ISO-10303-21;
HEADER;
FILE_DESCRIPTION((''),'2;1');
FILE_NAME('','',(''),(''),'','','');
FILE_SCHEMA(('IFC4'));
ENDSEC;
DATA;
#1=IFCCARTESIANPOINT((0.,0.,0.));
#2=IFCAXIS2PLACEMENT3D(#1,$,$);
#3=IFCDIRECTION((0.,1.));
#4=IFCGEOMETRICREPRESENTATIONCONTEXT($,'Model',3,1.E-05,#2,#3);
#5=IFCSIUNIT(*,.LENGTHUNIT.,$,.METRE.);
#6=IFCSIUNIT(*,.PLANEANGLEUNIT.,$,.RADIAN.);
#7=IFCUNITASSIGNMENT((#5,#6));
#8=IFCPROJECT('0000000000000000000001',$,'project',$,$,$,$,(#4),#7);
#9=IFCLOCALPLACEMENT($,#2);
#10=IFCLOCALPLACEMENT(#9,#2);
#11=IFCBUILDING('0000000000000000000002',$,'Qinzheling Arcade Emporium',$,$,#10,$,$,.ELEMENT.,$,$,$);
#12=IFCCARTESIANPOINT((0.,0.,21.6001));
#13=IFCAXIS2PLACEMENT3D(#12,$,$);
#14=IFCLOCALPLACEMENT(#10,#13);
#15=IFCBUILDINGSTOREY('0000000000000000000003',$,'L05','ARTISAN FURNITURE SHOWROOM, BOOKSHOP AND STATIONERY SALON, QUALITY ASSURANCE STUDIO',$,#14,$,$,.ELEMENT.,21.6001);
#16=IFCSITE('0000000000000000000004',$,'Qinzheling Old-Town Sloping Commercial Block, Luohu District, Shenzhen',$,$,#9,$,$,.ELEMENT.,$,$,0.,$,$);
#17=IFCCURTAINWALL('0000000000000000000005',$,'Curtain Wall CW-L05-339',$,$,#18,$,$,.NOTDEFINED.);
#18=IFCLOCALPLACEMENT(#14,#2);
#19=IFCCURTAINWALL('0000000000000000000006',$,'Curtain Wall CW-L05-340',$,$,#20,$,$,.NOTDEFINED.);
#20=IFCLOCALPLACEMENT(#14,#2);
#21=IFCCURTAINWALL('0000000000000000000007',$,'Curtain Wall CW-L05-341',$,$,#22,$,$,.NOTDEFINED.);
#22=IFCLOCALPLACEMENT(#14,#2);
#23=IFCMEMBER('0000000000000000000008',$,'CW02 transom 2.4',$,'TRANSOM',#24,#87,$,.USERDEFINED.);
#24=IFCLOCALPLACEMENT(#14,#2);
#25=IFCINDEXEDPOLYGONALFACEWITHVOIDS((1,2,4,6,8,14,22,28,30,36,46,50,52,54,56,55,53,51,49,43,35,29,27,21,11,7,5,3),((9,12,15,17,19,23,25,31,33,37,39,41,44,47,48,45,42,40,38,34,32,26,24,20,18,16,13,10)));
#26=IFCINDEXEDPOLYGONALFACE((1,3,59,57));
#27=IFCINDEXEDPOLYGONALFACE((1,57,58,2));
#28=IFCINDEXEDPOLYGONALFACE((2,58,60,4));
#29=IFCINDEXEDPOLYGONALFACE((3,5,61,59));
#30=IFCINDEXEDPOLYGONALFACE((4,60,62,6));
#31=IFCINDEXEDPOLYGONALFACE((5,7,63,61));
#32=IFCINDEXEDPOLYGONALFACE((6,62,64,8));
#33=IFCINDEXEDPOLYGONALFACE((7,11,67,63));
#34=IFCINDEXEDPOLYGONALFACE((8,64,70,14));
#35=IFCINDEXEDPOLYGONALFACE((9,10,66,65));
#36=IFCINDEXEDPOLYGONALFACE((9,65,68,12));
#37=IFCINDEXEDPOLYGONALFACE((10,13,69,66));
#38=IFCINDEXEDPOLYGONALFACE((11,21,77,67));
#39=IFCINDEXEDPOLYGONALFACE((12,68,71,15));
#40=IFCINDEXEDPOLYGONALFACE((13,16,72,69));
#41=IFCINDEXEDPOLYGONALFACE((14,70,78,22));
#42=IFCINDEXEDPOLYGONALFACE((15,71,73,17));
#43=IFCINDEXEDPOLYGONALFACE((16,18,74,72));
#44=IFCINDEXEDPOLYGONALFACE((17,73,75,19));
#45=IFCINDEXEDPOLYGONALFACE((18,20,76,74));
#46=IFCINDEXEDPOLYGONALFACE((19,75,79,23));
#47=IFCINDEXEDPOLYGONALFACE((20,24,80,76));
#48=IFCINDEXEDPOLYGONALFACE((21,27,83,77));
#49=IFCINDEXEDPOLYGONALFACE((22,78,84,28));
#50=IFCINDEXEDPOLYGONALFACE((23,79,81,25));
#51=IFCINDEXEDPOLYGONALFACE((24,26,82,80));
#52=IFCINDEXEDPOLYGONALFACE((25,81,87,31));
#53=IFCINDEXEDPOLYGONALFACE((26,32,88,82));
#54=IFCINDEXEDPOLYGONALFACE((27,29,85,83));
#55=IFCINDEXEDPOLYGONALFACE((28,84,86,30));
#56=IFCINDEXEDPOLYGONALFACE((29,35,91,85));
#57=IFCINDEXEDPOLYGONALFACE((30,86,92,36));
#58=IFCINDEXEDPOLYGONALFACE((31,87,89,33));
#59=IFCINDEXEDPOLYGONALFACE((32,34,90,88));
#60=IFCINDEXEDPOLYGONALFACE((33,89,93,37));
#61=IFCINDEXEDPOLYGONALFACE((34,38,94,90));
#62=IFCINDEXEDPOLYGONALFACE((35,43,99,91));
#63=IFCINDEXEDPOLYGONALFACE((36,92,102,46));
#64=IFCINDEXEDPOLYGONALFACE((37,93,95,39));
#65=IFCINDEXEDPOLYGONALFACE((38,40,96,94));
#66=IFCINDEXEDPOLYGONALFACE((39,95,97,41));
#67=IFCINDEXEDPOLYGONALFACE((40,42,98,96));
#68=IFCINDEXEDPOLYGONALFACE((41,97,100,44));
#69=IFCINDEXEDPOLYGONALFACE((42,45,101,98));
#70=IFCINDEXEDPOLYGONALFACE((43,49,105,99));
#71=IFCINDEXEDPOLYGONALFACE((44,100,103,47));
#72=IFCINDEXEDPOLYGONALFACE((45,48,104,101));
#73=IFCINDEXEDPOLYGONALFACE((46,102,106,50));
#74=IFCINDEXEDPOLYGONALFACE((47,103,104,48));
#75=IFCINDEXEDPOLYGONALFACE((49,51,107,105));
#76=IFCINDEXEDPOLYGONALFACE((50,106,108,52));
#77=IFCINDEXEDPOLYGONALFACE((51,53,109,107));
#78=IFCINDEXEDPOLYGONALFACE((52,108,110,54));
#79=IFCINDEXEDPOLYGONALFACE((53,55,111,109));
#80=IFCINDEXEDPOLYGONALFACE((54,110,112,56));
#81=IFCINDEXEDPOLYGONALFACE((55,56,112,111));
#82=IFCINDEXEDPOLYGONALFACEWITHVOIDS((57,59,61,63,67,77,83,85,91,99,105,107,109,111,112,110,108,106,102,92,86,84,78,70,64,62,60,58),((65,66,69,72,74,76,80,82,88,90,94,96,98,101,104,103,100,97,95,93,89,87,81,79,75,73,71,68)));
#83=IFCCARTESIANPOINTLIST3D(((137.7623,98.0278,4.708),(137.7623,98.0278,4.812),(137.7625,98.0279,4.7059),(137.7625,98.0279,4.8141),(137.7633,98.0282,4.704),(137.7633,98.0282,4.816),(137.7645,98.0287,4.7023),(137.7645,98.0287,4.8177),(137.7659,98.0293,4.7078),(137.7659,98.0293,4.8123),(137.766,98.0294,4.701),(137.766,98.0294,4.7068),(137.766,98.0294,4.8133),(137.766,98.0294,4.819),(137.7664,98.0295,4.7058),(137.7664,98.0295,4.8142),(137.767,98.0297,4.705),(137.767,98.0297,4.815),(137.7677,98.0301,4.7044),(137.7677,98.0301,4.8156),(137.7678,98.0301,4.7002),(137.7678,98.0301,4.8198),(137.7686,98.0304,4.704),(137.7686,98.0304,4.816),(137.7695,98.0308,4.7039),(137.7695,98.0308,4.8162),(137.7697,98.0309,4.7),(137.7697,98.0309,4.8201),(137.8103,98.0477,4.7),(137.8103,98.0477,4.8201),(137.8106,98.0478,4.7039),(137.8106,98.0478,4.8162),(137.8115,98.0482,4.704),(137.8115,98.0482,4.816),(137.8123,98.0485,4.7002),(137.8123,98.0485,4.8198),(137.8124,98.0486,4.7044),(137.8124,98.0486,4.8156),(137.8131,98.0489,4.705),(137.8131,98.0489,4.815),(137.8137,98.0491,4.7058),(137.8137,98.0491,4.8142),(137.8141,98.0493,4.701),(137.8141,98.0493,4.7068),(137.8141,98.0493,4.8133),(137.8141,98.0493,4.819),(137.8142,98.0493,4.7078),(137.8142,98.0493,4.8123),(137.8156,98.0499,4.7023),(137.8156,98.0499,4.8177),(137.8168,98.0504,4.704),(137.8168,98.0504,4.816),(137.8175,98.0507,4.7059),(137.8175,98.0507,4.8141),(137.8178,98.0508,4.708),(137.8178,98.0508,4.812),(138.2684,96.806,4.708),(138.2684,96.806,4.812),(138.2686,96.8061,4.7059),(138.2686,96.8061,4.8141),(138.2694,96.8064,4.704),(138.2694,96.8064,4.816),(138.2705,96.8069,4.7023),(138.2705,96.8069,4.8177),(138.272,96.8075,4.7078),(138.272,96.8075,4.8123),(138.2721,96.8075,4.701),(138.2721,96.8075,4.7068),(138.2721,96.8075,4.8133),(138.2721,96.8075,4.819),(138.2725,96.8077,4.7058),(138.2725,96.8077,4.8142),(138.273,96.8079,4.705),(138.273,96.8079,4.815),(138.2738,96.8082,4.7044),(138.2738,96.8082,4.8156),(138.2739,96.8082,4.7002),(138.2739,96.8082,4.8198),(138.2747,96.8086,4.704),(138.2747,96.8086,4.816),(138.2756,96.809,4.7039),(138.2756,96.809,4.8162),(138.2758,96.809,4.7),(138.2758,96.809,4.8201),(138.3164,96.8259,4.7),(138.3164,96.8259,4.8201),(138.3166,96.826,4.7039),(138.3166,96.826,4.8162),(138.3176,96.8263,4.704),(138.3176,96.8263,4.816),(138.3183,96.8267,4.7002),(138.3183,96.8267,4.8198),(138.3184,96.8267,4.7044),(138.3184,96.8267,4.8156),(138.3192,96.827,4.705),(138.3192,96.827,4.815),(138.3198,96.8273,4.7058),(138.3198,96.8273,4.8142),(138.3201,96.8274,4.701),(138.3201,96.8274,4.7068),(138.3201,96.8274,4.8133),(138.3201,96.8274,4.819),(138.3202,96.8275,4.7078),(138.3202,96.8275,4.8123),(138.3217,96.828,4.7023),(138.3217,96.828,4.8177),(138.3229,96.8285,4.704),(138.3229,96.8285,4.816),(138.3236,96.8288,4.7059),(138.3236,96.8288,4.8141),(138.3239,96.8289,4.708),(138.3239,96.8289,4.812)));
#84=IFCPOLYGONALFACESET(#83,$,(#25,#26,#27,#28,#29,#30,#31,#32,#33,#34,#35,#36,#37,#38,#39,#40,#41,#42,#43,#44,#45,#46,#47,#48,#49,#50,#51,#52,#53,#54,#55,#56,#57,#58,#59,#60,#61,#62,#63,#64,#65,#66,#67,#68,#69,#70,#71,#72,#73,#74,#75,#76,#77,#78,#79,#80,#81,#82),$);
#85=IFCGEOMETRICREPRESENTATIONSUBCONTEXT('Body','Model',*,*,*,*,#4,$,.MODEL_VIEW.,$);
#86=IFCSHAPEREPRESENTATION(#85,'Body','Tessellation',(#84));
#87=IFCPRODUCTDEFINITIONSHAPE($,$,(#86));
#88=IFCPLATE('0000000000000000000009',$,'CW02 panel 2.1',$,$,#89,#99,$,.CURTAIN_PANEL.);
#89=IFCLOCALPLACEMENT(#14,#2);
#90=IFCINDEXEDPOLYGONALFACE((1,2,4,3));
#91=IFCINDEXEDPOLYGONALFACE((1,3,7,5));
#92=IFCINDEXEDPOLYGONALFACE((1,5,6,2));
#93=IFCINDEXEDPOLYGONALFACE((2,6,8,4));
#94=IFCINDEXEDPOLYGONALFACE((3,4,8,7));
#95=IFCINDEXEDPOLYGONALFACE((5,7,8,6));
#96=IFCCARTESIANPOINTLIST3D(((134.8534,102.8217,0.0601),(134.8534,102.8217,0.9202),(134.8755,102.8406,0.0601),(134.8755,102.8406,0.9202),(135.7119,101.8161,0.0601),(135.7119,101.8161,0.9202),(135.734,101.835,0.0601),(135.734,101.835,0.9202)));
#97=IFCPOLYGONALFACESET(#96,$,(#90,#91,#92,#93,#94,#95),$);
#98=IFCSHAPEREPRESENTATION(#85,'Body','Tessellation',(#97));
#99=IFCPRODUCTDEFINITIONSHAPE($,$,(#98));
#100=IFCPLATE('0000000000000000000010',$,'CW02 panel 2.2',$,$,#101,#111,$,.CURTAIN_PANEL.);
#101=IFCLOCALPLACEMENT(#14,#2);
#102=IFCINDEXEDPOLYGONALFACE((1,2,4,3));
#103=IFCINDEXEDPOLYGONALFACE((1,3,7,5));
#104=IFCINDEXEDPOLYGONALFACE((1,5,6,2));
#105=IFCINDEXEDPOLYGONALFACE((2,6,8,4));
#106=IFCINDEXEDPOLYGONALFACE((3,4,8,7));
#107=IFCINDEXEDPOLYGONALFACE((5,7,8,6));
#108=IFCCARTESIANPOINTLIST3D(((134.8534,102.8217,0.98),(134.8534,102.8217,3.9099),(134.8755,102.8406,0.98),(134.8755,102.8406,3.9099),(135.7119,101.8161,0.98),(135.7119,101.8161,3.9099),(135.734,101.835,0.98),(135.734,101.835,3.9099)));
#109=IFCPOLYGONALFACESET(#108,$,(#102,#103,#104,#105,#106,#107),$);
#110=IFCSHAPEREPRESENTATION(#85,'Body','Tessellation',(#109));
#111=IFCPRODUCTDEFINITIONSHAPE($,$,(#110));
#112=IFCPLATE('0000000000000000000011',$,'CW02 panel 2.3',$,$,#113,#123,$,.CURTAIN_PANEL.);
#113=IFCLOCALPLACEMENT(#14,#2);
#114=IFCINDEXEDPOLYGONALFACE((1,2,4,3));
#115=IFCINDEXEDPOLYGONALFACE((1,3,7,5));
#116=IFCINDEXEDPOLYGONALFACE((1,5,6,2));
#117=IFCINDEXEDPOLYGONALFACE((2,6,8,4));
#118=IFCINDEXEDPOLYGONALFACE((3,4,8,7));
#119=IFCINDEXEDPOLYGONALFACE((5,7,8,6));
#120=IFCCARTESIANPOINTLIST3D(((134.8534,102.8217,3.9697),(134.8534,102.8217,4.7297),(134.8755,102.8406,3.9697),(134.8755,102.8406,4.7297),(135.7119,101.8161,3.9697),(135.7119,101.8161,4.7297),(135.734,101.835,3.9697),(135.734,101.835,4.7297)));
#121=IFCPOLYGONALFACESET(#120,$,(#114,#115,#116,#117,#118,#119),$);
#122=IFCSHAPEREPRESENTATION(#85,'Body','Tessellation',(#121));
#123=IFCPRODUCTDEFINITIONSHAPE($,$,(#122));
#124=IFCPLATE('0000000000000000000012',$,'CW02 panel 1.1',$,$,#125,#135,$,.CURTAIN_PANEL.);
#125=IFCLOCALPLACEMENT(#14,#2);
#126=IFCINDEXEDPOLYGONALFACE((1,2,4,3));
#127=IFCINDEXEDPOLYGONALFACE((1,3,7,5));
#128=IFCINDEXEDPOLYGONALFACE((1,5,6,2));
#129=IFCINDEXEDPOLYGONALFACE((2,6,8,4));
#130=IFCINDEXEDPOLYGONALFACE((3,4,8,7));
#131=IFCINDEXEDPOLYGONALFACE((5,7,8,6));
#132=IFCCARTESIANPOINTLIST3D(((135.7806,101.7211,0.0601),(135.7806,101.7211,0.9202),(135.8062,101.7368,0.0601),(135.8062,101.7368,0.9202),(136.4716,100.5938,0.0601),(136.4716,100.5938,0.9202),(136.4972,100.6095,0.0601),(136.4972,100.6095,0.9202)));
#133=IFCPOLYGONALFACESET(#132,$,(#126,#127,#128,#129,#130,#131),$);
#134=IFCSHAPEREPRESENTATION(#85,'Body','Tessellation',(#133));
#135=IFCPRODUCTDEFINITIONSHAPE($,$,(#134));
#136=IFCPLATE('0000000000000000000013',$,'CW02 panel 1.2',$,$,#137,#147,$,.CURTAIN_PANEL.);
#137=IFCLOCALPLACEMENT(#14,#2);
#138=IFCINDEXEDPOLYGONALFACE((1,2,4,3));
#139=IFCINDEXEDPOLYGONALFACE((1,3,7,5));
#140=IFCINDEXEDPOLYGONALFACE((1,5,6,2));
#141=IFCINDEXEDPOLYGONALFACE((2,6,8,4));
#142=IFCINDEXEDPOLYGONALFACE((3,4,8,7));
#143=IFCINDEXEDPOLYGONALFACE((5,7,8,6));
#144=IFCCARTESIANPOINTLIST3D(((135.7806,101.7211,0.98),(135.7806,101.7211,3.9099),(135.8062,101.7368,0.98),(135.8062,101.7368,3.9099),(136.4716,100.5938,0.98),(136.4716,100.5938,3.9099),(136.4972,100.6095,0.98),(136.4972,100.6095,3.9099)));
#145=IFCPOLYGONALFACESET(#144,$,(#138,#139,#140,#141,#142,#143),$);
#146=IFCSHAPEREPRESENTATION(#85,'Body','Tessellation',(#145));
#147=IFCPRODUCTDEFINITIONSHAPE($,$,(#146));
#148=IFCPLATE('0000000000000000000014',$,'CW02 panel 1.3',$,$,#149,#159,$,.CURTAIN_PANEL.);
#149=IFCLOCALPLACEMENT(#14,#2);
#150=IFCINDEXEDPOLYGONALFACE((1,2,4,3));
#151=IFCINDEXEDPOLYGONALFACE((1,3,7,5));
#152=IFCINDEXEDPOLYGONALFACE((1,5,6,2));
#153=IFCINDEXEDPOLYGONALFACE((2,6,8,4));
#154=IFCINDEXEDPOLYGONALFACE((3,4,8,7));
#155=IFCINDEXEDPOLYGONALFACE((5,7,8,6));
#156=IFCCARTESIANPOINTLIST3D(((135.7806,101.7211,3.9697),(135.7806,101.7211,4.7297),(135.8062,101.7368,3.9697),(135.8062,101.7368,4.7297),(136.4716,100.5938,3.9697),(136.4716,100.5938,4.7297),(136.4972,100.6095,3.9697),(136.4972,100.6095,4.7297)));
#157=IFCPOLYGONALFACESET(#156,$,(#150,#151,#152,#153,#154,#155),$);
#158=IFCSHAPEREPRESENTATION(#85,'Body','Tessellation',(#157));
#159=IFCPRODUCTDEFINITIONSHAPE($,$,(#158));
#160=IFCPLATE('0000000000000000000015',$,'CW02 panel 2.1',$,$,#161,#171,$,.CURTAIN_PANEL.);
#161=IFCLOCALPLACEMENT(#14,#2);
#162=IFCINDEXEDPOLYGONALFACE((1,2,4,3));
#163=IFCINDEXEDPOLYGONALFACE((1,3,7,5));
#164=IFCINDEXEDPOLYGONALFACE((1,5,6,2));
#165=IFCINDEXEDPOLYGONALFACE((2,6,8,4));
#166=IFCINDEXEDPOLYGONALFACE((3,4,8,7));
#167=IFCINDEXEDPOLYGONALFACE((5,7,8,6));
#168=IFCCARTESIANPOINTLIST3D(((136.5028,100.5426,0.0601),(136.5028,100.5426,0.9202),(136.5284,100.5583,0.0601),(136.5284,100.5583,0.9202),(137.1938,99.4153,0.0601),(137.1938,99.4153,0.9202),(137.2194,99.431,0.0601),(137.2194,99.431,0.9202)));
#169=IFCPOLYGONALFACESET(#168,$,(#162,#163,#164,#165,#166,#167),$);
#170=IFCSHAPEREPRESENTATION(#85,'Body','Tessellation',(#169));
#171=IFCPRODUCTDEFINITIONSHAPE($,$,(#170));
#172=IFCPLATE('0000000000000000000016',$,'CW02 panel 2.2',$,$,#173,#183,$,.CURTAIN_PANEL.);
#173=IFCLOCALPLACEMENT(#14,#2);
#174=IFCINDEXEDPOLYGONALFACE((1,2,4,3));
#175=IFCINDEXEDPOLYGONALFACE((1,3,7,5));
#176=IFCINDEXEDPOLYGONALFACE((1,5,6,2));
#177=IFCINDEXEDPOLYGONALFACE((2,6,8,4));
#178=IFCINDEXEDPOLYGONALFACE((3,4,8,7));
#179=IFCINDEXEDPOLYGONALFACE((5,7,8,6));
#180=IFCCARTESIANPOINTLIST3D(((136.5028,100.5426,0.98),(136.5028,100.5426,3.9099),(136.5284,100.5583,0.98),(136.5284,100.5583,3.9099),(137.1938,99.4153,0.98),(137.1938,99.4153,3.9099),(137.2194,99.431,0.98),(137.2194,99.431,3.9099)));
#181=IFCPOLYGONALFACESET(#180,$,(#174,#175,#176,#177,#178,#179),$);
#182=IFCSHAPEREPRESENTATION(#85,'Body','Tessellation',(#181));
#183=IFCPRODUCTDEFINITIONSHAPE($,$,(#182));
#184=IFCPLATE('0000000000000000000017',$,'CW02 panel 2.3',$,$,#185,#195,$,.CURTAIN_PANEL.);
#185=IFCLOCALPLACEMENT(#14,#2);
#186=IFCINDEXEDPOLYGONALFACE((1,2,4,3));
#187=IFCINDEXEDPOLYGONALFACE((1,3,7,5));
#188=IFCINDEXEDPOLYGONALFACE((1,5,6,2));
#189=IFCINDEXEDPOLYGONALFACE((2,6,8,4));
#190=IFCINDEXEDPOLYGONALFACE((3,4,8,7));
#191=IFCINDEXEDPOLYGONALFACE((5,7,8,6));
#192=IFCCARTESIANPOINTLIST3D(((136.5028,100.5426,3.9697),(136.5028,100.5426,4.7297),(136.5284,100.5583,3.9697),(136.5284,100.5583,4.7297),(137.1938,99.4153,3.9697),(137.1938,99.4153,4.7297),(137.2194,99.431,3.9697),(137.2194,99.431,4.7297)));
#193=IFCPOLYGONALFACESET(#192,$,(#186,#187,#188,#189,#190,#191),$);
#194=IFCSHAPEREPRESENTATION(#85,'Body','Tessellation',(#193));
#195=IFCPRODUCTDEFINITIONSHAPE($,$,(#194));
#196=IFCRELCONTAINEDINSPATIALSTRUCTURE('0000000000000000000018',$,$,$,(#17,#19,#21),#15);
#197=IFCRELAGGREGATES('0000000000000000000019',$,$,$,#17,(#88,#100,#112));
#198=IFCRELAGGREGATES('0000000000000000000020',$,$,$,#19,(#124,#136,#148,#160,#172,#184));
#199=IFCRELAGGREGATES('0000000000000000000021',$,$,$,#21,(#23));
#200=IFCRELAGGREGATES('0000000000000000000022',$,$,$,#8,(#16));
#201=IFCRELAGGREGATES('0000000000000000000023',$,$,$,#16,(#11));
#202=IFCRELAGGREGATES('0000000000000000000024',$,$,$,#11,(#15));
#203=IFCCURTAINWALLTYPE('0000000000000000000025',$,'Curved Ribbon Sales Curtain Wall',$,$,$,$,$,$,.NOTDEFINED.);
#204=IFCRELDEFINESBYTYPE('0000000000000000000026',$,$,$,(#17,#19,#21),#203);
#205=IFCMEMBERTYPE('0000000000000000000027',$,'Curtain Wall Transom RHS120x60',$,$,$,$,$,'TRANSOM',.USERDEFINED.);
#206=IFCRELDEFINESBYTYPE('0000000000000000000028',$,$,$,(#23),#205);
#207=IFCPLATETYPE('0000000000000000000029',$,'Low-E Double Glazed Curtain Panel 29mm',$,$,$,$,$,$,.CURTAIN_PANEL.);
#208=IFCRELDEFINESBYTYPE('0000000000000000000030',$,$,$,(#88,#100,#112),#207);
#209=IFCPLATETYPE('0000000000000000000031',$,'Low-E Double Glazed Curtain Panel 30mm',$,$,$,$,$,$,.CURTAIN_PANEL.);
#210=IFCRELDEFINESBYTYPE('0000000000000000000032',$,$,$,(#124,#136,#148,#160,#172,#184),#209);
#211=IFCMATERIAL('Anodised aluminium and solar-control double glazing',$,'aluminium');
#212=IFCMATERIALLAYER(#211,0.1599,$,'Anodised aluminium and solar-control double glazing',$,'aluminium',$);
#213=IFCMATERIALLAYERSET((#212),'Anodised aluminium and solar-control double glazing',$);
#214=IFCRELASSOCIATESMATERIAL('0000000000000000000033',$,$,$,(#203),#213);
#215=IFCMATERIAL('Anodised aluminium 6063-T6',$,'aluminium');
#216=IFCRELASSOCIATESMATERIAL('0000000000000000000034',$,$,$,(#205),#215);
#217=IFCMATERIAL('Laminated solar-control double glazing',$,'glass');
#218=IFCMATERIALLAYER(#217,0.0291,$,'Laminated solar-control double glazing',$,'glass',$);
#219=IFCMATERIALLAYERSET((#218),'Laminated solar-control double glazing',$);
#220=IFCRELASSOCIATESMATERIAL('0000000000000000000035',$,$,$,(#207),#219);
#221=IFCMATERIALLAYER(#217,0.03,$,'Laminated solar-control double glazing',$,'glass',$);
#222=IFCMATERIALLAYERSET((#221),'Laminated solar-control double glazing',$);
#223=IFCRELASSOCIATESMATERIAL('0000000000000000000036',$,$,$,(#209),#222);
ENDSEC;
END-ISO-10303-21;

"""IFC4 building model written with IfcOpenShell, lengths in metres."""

from ifc_helpers import new_model, si_unit, direction, frame, origin, origin_2d, place, context, subcontext, project, spatial, rectangle, hollow_rectangle, extrude, material, layer, layer_set, material_profile, profile_set, type_object, element, aggregate, save


model = new_model("IFC4")

# Units and contexts
model_context = context("Model", 3, precision=1e-05, world=origin(), true_north=direction((0.0, 1.0)))
body_context = subcontext(model_context, "Body", "Model", "MODEL_VIEW")
ifc_project = project(units=[si_unit("LENGTHUNIT", "METRE"), si_unit("PLANEANGLEUNIT", "RADIAN")], contexts=[model_context])

# Site, building, storey
site_placement = place(None, origin())
site = spatial("IfcSite", under=ifc_project, at=site_placement, Name="Qinzheling Old-Town Sloping Commercial Block, Luohu District, Shenzhen", CompositionType="ELEMENT", RefElevation=0.0)
building_placement = place(site_placement, origin())
building = spatial("IfcBuilding", under=site, at=building_placement, Name="Qinzheling Arcade Emporium", CompositionType="ELEMENT")
storey_placement = place(building_placement, frame((0.0, 0.0, 21.6001)))
storey = spatial("IfcBuildingStorey", under=building, at=storey_placement, Name="L05", Description="ARTISAN FURNITURE SHOWROOM, BOOKSHOP AND STATIONERY SALON, QUALITY ASSURANCE STUDIO", CompositionType="ELEMENT", Elevation=21.6001)

# Curtain wall
ifc_material_1 = material(Name="Anodised aluminium and solar-control double glazing", Category="aluminium")
ifc_layer_1 = layer(ifc_material_1, 0.1599, Name="Anodised aluminium and solar-control double glazing", Category="aluminium")
ifc_layer_set_1 = layer_set([ifc_layer_1], Name="Anodised aluminium and solar-control double glazing")
curtain_wall_type = type_object("IfcCurtainWallType", Name="Curved Ribbon Sales Curtain Wall", PredefinedType="NOTDEFINED", material=ifc_layer_set_1)
curtain_wall_1_placement = place(storey_placement, origin())
curtain_wall_1 = element("IfcCurtainWall", 1, at=curtain_wall_1_placement, inside=storey, type_object=curtain_wall_type, Name="Curtain Wall CW-L05-339", PredefinedType="NOTDEFINED")
ifc_material_2 = material(Name="Anodised aluminium 6063-T6", Category="aluminium")

# Curtain walls
curtain_wall_2_placement = place(storey_placement, origin())
curtain_wall_2 = element("IfcCurtainWall", 2, at=curtain_wall_2_placement, inside=storey, type_object=curtain_wall_type, Name="Curtain Wall CW-L05-340", PredefinedType="NOTDEFINED")
curtain_wall_3_placement = place(storey_placement, origin())
curtain_wall_3 = element("IfcCurtainWall", 3, at=curtain_wall_3_placement, inside=storey, type_object=curtain_wall_type, Name="Curtain Wall CW-L05-341", PredefinedType="NOTDEFINED")

# Member
ifc_material_profile_1 = material_profile(ifc_material_2, hollow_rectangle(XDim=0.0601, YDim=0.1201, WallThickness=0.0039, InnerFilletRadius=0.0039, OuterFilletRadius=0.0081, at=origin_2d()), Name="RHS 120x60x4", Category="aluminium")
ifc_profile_set_1 = profile_set([ifc_material_profile_1], Name="Anodised aluminium 6063-T6")
member_type_1 = type_object("IfcMemberType", Name="Curtain Wall Transom RHS120x60", ElementType="TRANSOM", PredefinedType="USERDEFINED", material=ifc_profile_set_1)
member_1_placement = place(storey_placement, frame((137.79, 98.0393, 4.76), z_axis=(0.382662, -0.923889, 0.0), x_axis=(0.923889, 0.382662, 0.0)))
member_1 = element("IfcMember", 4, at=member_1_placement, type_object=member_type_1, Name="CW02 transom 2.4", ObjectType="TRANSOM", PredefinedType="USERDEFINED", context=body_context, shape_type="SweptSolid", body=[
    extrude(hollow_rectangle(XDim=0.0601, YDim=0.1201, WallThickness=0.0039, InnerFilletRadius=0.0039, OuterFilletRadius=0.0081, at=origin_2d()), origin(), (0.0, 0.0, 1.0), 1.3225),
])

# Plates
ifc_material_3 = material(Name="Laminated solar-control double glazing", Category="glass")
ifc_layer_2 = layer(ifc_material_3, 0.0291, Name="Laminated solar-control double glazing", Category="glass")
ifc_layer_set_2 = layer_set([ifc_layer_2], Name="Laminated solar-control double glazing")
plate_type_1 = type_object("IfcPlateType", Name="Low-E Double Glazed Curtain Panel 29mm", PredefinedType="CURTAIN_PANEL", material=ifc_layer_set_2)
plate_1_placement = place(storey_placement, frame((135.2937, 102.3284, 0.0601), z_axis=(0.0, 0.0, 1.0), x_axis=(0.649332, -0.760505, 0.0)))
plate_1 = element("IfcPlate", 5, at=plate_1_placement, type_object=plate_type_1, Name="CW02 panel 2.1", PredefinedType="CURTAIN_PANEL", context=body_context, shape_type="SweptSolid", body=[
    extrude(rectangle(XDim=1.3223, YDim=0.0291, at=origin_2d()), origin(), (0.0, 0.0, 1.0), 0.8601),
])
plate_2_placement = place(storey_placement, frame((135.2937, 102.3284, 0.98), z_axis=(0.0, 0.0, 1.0), x_axis=(0.649332, -0.760505, 0.0)))
plate_2 = element("IfcPlate", 6, at=plate_2_placement, type_object=plate_type_1, Name="CW02 panel 2.2", PredefinedType="CURTAIN_PANEL", context=body_context, shape_type="SweptSolid", body=[
    extrude(rectangle(XDim=1.3223, YDim=0.0291, at=origin_2d()), origin(), (0.0, 0.0, 1.0), 2.9299),
])
plate_3_placement = place(storey_placement, frame((135.2937, 102.3284, 3.9697), z_axis=(0.0, 0.0, 1.0), x_axis=(0.649332, -0.760505, 0.0)))
plate_3 = element("IfcPlate", 7, at=plate_3_placement, type_object=plate_type_1, Name="CW02 panel 2.3", PredefinedType="CURTAIN_PANEL", context=body_context, shape_type="SweptSolid", body=[
    extrude(rectangle(XDim=1.3223, YDim=0.0291, at=origin_2d()), origin(), (0.0, 0.0, 1.0), 0.76),
])
aggregate(curtain_wall_1, [plate_1, plate_2, plate_3])
ifc_layer_3 = layer(ifc_material_3, 0.03, Name="Laminated solar-control double glazing", Category="glass")
ifc_layer_set_3 = layer_set([ifc_layer_3], Name="Laminated solar-control double glazing")
plate_type_2 = type_object("IfcPlateType", Name="Low-E Double Glazed Curtain Panel 30mm", PredefinedType="CURTAIN_PANEL", material=ifc_layer_set_3)
plate_4_placement = place(storey_placement, frame((136.1389, 101.1653, 0.0601), z_axis=(0.0, 0.0, 1.0), x_axis=(0.522595, -0.852581, 0.0)))
plate_4 = element("IfcPlate", 8, at=plate_4_placement, type_object=plate_type_2, Name="CW02 panel 1.1", PredefinedType="CURTAIN_PANEL", context=body_context, shape_type="SweptSolid", body=[
    extrude(rectangle(XDim=1.3223, YDim=0.03, at=origin_2d()), origin(), (0.0, 0.0, 1.0), 0.8601),
])
plate_5_placement = place(storey_placement, frame((136.1389, 101.1653, 0.98), z_axis=(0.0, 0.0, 1.0), x_axis=(0.522595, -0.852581, 0.0)))
plate_5 = element("IfcPlate", 9, at=plate_5_placement, type_object=plate_type_2, Name="CW02 panel 1.2", PredefinedType="CURTAIN_PANEL", context=body_context, shape_type="SweptSolid", body=[
    extrude(rectangle(XDim=1.3223, YDim=0.03, at=origin_2d()), origin(), (0.0, 0.0, 1.0), 2.9299),
])
plate_6_placement = place(storey_placement, frame((136.1389, 101.1653, 3.9697), z_axis=(0.0, 0.0, 1.0), x_axis=(0.522595, -0.852581, 0.0)))
plate_6 = element("IfcPlate", 10, at=plate_6_placement, type_object=plate_type_2, Name="CW02 panel 1.3", PredefinedType="CURTAIN_PANEL", context=body_context, shape_type="SweptSolid", body=[
    extrude(rectangle(XDim=1.3223, YDim=0.03, at=origin_2d()), origin(), (0.0, 0.0, 1.0), 0.76),
])
plate_7_placement = place(storey_placement, frame((136.8611, 99.9868, 0.0601), z_axis=(0.0, 0.0, 1.0), x_axis=(0.522595, -0.852581, 0.0)))
plate_7 = element("IfcPlate", 11, at=plate_7_placement, type_object=plate_type_2, Name="CW02 panel 2.1", PredefinedType="CURTAIN_PANEL", context=body_context, shape_type="SweptSolid", body=[
    extrude(rectangle(XDim=1.3223, YDim=0.03, at=origin_2d()), origin(), (0.0, 0.0, 1.0), 0.8601),
])
plate_8_placement = place(storey_placement, frame((136.8611, 99.9868, 0.98), z_axis=(0.0, 0.0, 1.0), x_axis=(0.522595, -0.852581, 0.0)))
plate_8 = element("IfcPlate", 12, at=plate_8_placement, type_object=plate_type_2, Name="CW02 panel 2.2", PredefinedType="CURTAIN_PANEL", context=body_context, shape_type="SweptSolid", body=[
    extrude(rectangle(XDim=1.3223, YDim=0.03, at=origin_2d()), origin(), (0.0, 0.0, 1.0), 2.9299),
])
plate_9_placement = place(storey_placement, frame((136.8611, 99.9868, 3.9697), z_axis=(0.0, 0.0, 1.0), x_axis=(0.522595, -0.852581, 0.0)))
plate_9 = element("IfcPlate", 13, at=plate_9_placement, type_object=plate_type_2, Name="CW02 panel 2.3", PredefinedType="CURTAIN_PANEL", context=body_context, shape_type="SweptSolid", body=[
    extrude(rectangle(XDim=1.3223, YDim=0.03, at=origin_2d()), origin(), (0.0, 0.0, 1.0), 0.76),
])
aggregate(curtain_wall_2, [plate_4, plate_5, plate_6, plate_7, plate_8, plate_9])
aggregate(curtain_wall_3, [member_1])

save(model, "model.ifc")
